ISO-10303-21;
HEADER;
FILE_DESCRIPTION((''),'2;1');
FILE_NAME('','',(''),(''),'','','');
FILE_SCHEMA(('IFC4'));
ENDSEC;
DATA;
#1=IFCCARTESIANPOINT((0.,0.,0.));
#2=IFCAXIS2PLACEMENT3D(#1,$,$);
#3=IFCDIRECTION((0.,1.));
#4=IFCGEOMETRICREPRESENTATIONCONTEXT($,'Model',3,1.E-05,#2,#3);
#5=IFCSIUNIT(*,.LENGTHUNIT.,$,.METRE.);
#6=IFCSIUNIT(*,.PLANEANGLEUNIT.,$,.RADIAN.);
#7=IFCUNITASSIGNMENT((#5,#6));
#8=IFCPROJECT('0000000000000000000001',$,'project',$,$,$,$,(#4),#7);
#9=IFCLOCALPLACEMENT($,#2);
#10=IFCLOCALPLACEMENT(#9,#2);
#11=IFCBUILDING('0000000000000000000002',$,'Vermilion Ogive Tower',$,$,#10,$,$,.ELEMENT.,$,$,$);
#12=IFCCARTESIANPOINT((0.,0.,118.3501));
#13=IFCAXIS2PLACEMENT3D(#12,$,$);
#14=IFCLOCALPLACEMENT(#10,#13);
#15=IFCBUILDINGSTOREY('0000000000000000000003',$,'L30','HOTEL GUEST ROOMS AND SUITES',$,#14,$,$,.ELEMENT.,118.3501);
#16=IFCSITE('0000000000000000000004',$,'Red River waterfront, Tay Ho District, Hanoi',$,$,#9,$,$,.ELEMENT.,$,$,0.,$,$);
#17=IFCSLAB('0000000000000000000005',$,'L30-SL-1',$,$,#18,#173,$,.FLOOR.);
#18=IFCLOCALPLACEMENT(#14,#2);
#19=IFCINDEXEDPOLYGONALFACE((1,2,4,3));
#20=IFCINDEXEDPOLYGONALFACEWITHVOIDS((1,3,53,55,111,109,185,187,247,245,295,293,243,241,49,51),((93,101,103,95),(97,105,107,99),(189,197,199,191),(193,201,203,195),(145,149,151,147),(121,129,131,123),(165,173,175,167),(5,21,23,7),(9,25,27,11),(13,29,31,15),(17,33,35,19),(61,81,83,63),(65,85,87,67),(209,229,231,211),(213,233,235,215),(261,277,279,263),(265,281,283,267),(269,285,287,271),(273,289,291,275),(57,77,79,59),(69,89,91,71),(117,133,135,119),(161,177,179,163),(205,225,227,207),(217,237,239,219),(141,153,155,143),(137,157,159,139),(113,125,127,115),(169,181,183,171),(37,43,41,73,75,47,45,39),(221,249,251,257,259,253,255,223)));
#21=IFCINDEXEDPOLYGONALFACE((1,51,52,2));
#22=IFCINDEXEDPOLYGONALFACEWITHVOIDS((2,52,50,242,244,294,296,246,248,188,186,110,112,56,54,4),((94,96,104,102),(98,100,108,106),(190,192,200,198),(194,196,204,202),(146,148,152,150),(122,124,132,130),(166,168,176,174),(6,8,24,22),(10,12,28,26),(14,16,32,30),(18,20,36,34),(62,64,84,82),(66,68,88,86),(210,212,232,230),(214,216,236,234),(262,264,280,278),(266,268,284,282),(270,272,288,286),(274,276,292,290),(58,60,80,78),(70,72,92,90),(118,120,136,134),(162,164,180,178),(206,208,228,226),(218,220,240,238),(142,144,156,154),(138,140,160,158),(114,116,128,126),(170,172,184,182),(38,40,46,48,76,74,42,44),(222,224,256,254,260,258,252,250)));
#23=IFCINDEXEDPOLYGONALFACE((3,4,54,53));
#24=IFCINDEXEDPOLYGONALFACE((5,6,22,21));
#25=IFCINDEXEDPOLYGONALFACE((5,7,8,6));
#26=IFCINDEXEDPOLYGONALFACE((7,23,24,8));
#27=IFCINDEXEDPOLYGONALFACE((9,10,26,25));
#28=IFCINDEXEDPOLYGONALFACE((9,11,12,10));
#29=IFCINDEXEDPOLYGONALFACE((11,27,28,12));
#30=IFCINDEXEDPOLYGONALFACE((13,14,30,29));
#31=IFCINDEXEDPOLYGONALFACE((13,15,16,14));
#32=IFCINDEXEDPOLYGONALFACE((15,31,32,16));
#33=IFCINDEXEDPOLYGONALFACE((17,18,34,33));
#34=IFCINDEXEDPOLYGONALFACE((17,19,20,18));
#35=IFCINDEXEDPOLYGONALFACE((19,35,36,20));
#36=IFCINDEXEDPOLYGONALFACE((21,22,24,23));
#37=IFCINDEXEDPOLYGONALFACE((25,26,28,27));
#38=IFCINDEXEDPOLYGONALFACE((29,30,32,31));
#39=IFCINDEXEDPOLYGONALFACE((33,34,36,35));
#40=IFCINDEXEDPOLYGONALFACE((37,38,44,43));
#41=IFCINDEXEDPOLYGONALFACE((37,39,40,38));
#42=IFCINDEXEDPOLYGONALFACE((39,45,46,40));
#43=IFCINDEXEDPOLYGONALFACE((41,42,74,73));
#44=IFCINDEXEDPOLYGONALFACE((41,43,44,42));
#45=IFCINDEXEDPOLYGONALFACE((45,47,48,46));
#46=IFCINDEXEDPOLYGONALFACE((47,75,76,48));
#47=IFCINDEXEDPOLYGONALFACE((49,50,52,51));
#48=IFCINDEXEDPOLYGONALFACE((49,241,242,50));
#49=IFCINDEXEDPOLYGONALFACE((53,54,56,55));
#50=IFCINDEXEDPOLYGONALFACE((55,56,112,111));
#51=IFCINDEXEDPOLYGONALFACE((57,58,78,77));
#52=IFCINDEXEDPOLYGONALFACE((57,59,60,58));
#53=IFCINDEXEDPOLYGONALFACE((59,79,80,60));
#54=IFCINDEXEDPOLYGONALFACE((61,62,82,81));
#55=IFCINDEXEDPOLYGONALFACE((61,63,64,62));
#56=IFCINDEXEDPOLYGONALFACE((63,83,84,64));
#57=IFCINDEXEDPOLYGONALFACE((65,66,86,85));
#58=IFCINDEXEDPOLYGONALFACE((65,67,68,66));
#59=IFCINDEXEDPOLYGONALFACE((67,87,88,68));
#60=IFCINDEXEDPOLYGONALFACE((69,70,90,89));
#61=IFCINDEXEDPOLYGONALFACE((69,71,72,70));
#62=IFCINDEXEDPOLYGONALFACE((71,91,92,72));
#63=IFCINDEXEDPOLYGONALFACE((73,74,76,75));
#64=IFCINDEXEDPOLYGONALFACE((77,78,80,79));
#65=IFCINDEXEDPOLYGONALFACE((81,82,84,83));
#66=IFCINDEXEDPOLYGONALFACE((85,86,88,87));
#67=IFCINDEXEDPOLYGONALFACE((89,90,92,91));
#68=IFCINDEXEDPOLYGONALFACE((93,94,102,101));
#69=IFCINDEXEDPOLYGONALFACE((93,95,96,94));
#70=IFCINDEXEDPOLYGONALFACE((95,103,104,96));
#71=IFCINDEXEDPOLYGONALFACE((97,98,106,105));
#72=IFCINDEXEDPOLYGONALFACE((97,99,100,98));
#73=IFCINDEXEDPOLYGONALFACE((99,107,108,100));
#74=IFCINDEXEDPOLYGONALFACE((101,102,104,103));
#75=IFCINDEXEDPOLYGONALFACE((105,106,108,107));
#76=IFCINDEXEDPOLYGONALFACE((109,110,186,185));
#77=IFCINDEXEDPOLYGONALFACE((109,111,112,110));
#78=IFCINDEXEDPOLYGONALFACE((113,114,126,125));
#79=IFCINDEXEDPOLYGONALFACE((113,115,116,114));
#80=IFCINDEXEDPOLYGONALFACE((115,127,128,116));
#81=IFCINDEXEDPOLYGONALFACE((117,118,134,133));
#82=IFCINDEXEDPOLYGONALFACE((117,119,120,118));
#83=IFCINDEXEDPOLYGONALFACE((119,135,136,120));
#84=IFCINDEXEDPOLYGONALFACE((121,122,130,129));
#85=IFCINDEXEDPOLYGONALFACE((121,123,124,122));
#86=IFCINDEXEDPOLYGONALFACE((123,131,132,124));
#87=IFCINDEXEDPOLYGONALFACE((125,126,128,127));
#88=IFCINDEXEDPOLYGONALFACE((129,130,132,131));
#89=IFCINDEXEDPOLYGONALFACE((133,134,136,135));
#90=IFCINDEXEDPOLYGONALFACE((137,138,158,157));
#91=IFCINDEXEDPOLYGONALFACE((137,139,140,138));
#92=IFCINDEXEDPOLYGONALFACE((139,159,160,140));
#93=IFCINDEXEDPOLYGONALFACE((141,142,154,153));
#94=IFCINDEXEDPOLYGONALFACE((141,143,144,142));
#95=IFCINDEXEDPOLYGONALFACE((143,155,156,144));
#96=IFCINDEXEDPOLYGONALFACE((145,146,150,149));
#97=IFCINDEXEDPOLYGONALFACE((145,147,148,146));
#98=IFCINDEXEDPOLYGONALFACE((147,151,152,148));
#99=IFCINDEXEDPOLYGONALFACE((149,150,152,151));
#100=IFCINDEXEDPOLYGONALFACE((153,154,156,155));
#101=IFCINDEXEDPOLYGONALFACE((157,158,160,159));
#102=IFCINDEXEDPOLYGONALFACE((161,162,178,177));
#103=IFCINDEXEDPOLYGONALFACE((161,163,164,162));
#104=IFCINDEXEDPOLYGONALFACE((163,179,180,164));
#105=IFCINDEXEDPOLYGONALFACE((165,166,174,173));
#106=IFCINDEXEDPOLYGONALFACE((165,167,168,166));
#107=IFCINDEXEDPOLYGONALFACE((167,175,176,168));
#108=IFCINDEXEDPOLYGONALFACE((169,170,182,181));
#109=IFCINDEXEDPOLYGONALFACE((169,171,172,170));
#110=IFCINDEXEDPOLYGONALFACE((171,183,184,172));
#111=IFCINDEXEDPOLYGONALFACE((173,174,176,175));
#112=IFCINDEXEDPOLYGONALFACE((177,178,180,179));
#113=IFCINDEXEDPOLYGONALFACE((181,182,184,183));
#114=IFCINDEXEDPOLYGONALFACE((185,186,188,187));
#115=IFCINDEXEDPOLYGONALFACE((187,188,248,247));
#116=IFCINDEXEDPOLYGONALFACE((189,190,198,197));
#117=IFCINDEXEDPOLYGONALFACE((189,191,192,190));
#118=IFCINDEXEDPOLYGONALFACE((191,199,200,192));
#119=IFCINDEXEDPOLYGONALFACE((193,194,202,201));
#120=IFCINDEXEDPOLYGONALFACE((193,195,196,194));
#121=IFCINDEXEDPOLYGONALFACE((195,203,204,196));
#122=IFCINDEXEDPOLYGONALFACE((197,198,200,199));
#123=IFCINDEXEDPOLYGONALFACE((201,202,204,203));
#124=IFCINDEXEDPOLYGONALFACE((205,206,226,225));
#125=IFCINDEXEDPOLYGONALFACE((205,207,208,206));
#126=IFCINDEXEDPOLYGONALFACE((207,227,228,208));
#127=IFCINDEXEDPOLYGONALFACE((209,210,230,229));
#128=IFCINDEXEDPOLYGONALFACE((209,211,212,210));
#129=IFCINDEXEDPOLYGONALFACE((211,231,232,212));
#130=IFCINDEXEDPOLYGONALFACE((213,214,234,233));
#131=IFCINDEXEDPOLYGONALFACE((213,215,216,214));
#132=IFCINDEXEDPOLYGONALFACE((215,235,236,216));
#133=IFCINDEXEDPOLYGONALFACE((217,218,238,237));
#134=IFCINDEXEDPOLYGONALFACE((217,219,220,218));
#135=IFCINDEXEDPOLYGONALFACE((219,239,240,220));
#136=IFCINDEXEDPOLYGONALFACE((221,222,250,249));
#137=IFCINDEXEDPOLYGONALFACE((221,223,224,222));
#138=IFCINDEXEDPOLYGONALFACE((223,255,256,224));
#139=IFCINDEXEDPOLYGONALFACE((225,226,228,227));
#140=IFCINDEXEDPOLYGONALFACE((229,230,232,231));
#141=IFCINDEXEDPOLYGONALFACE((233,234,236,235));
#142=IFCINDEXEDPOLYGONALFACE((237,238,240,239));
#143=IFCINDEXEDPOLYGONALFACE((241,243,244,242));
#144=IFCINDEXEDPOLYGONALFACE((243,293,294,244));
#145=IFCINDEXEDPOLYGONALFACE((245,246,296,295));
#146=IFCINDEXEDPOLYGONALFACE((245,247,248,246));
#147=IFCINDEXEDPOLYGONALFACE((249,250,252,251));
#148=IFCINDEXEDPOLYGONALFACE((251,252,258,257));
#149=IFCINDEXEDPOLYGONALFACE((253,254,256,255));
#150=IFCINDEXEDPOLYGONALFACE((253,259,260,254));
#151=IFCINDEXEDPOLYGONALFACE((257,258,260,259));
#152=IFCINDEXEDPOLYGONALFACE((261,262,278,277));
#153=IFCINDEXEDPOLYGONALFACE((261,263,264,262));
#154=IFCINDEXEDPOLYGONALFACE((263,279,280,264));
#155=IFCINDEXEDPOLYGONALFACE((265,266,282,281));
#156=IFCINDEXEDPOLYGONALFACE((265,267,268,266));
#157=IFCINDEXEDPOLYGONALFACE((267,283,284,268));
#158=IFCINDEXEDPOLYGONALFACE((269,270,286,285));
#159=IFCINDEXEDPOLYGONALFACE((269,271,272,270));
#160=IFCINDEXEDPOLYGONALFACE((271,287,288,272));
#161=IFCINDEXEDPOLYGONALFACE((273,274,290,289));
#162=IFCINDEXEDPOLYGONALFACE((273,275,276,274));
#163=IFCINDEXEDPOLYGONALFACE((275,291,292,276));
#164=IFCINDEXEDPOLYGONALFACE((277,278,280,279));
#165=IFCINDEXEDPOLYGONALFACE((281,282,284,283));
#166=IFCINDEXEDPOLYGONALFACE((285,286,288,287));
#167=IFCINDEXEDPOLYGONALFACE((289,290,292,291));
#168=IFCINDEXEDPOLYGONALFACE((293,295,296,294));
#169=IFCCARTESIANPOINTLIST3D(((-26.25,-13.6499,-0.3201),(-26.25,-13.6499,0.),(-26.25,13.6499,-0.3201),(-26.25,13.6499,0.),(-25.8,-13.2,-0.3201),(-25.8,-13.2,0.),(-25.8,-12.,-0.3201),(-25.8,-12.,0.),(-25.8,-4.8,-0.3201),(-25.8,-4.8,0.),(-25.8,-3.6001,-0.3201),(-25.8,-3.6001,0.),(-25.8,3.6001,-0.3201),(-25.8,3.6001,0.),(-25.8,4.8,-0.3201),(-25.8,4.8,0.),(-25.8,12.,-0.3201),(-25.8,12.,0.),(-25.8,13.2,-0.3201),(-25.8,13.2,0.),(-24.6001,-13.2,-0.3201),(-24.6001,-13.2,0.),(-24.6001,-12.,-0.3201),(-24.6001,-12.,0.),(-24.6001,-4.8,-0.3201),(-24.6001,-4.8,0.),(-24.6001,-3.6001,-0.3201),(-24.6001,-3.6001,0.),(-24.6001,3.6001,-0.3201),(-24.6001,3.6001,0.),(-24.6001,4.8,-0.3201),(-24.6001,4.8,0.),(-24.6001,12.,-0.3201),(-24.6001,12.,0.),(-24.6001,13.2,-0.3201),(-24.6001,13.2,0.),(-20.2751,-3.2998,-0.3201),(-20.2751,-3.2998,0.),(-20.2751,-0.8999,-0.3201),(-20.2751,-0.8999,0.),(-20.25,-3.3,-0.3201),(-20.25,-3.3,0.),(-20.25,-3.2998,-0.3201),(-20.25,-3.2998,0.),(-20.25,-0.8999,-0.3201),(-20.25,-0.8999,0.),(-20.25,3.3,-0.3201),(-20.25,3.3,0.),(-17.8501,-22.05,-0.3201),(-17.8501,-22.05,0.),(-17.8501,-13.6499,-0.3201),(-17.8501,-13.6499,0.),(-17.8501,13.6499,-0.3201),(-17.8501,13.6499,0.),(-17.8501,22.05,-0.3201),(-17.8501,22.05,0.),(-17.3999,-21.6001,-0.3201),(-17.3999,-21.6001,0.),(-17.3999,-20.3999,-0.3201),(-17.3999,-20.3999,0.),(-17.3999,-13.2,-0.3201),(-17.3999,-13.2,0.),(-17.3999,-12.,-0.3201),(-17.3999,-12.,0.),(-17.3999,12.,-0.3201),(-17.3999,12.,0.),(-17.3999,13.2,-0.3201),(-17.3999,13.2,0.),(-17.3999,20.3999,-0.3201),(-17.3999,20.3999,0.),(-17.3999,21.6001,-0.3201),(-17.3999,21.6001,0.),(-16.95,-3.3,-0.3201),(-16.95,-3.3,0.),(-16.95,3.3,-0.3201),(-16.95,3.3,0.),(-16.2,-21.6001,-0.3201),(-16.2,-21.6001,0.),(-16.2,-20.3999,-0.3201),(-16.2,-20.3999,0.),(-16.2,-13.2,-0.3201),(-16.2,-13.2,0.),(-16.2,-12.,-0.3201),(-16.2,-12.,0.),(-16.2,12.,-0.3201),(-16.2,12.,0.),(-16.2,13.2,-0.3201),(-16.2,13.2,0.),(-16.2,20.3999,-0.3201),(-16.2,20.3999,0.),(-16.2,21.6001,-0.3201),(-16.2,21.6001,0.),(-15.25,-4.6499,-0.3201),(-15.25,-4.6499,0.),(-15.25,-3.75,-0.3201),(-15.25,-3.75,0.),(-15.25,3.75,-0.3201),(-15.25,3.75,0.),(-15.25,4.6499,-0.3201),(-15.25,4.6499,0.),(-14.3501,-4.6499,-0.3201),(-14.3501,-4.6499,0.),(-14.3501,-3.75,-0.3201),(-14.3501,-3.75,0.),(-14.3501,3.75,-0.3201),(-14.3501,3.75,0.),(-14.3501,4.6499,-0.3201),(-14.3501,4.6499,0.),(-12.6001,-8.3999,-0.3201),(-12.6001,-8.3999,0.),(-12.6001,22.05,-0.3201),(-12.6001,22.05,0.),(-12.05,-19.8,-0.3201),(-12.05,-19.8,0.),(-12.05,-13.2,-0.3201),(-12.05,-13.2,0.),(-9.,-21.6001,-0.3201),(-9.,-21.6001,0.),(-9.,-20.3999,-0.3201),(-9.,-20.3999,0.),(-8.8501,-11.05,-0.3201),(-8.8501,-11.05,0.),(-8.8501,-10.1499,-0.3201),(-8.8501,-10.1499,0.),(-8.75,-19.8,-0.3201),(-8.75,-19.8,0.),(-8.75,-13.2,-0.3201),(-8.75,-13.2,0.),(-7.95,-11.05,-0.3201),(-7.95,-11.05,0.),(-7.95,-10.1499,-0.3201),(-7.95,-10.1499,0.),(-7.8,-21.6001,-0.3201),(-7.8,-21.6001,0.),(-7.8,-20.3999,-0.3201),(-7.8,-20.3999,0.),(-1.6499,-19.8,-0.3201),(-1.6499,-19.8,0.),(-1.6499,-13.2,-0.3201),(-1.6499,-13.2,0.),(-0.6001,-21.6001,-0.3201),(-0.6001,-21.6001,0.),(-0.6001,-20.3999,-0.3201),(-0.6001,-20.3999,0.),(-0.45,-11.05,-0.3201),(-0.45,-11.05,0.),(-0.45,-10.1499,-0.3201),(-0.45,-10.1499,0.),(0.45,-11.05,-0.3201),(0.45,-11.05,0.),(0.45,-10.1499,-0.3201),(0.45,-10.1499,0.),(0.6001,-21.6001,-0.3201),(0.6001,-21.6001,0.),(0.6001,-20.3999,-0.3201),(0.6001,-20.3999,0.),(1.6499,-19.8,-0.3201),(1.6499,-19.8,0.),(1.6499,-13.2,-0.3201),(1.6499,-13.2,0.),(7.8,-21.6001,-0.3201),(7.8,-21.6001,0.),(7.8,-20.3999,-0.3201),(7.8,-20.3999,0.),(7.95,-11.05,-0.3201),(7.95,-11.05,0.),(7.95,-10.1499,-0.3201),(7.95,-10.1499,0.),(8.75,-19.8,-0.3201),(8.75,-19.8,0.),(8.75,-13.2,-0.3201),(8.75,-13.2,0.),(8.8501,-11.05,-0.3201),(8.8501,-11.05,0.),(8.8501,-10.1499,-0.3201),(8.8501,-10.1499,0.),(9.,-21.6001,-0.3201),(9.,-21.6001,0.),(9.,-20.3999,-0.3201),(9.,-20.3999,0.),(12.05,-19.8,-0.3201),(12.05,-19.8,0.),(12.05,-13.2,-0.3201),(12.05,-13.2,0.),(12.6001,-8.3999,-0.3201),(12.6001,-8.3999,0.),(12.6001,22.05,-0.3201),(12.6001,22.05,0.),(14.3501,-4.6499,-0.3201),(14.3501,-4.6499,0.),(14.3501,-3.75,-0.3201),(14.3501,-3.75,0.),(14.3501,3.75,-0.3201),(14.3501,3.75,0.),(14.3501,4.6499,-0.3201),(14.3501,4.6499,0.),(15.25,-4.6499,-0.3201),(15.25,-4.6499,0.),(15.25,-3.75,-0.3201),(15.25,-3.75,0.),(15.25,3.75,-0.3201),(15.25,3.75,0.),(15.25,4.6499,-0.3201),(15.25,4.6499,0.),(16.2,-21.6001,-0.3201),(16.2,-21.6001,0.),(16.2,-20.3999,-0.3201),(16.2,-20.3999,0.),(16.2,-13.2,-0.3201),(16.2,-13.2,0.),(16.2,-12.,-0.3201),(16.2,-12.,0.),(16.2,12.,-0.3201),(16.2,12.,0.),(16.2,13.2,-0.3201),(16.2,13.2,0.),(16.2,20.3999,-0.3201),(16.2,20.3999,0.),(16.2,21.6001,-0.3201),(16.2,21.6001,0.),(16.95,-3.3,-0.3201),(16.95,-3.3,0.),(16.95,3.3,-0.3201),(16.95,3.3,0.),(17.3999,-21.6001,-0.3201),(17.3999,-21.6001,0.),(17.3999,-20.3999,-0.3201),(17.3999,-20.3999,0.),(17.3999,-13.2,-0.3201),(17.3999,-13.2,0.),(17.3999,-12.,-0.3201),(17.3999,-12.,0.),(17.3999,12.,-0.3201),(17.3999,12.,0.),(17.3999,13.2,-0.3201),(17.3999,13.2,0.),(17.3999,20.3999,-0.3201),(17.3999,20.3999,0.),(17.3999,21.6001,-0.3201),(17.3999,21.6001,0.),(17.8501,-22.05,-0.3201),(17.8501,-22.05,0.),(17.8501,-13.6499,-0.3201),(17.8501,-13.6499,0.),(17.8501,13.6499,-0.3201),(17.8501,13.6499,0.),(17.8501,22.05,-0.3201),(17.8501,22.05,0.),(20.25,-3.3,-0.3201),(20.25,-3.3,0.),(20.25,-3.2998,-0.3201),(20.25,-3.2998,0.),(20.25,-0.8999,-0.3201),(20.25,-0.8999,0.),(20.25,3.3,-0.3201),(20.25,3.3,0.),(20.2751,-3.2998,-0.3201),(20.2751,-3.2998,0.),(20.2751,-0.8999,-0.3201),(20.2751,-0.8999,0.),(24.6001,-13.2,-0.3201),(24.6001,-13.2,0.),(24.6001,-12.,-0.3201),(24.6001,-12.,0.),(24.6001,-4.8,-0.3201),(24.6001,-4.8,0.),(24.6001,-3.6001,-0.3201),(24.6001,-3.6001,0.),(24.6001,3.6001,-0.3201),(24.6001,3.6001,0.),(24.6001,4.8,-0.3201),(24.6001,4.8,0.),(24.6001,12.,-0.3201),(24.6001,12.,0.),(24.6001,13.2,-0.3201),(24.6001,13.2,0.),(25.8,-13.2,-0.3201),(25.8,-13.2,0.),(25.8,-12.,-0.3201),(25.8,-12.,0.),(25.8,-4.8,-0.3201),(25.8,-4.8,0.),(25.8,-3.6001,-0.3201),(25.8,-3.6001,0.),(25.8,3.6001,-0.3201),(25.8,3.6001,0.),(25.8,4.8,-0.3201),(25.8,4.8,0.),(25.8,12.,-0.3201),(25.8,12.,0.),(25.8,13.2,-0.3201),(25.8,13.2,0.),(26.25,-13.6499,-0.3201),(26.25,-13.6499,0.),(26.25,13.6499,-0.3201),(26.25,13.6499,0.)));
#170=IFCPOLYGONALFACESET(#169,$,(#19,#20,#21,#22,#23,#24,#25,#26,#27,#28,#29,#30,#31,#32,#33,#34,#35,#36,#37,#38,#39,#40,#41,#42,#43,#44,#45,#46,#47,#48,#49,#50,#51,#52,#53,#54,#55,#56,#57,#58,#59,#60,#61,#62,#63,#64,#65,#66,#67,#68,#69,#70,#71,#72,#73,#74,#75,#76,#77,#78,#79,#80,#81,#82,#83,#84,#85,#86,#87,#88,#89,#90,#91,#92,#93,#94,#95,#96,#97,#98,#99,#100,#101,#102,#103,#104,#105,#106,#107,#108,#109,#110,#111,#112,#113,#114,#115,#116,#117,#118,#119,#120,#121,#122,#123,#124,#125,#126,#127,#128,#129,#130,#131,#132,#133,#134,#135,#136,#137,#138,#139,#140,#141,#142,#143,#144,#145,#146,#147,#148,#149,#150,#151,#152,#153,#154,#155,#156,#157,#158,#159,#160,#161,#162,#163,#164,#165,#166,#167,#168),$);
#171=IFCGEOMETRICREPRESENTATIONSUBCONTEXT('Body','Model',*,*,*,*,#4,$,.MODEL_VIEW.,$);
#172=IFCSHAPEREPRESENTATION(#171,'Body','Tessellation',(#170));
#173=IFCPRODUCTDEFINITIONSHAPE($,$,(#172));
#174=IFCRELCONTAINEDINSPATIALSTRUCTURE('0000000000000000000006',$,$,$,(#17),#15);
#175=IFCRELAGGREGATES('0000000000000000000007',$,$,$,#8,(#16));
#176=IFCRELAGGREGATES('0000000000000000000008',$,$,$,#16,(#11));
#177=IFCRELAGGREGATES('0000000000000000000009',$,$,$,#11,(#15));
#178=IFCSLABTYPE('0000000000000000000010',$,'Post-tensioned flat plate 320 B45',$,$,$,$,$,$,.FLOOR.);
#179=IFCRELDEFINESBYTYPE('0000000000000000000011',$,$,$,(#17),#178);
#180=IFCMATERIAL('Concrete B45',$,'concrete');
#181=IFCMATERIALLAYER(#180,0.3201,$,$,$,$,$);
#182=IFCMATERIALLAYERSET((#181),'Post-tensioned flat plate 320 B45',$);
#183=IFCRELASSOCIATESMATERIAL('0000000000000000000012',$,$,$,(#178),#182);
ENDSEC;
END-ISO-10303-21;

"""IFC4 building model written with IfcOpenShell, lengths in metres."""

from ifc_helpers import new_model, si_unit, direction, frame, origin, place, context, subcontext, project, spatial, polyline, outline, extrude, material, layer, layer_set, type_object, element, save


model = new_model("IFC4")

# Units and contexts
model_context = context("Model", 3, precision=1e-05, world=origin(), true_north=direction((0.0, 1.0)))
body_context = subcontext(model_context, "Body", "Model", "MODEL_VIEW")
ifc_project = project(units=[si_unit("LENGTHUNIT", "METRE"), si_unit("PLANEANGLEUNIT", "RADIAN")], contexts=[model_context])

# Site, building, storey
site_placement = place(None, origin())
site = spatial("IfcSite", under=ifc_project, at=site_placement, Name="Red River waterfront, Tay Ho District, Hanoi", CompositionType="ELEMENT", RefElevation=0.0)
building_placement = place(site_placement, origin())
building = spatial("IfcBuilding", under=site, at=building_placement, Name="Vermilion Ogive Tower", CompositionType="ELEMENT")
storey_placement = place(building_placement, frame((0.0, 0.0, 118.3501)))
storey = spatial("IfcBuildingStorey", under=building, at=storey_placement, Name="L30", Description="HOTEL GUEST ROOMS AND SUITES", CompositionType="ELEMENT", Elevation=118.3501)

# Slab
ifc_material_1 = material(Name="Concrete B45", Category="concrete")
ifc_layer_1 = layer(ifc_material_1, 0.3201)
ifc_layer_set_1 = layer_set([ifc_layer_1], Name="Post-tensioned flat plate 320 B45")
slab_type = type_object("IfcSlabType", Name="Post-tensioned flat plate 320 B45", PredefinedType="FLOOR", material=ifc_layer_set_1)
slab_placement = place(storey_placement, frame((0.0, 0.0, -0.3201)))
element("IfcSlab", 1, at=slab_placement, inside=storey, type_object=slab_type, Name="L30-SL-1", PredefinedType="FLOOR", context=body_context, shape_type="SweptSolid", body=[
    extrude(outline(polyline([(-26.25, 13.6499), (-26.25, -13.6499), (-17.8501, -13.6499), (-17.8501, -22.05), (17.8501, -22.05), (17.8501, -13.6499), (26.25, -13.6499), (26.25, 13.6499), (17.8501, 13.6499), (17.8501, 22.05), (12.6001, 22.05), (12.6001, -8.3999), (-12.6001, -8.3999), (-12.6001, 22.05), (-17.8501, 22.05), (-17.8501, 13.6499), (-26.25, 13.6499)]), holes=[polyline([(24.6001, -3.6001), (25.8, -3.6001), (25.8, -4.8), (24.6001, -4.8), (24.6001, -3.6001)]), polyline([(24.6001, -12.0), (25.8, -12.0), (25.8, -13.2), (24.6001, -13.2), (24.6001, -12.0)]), polyline([(25.8, 13.2), (25.8, 12.0), (24.6001, 12.0), (24.6001, 13.2), (25.8, 13.2)]), polyline([(25.8, 4.8), (25.8, 3.6001), (24.6001, 3.6001), (24.6001, 4.8), (25.8, 4.8)]), polyline([(20.2751, -3.2998), (20.25, -3.2998), (20.25, -3.3), (16.95, -3.3), (16.95, 3.3), (20.25, 3.3), (20.25, -0.8999), (20.2751, -0.8999), (20.2751, -3.2998)]), polyline([(16.2, -12.0), (17.3999, -12.0), (17.3999, -13.2), (16.2, -13.2), (16.2, -12.0)]), polyline([(17.3999, 21.6001), (17.3999, 20.3999), (16.2, 20.3999), (16.2, 21.6001), (17.3999, 21.6001)]), polyline([(16.2, -20.3999), (17.3999, -20.3999), (17.3999, -21.6001), (16.2, -21.6001), (16.2, -20.3999)]), polyline([(16.2, 13.2), (17.3999, 13.2), (17.3999, 12.0), (16.2, 12.0), (16.2, 13.2)]), polyline([(14.3501, 4.6499), (15.25, 4.6499), (15.25, 3.75), (14.3501, 3.75), (14.3501, 4.6499)]), polyline([(15.25, -3.75), (15.25, -4.6499), (14.3501, -4.6499), (14.3501, -3.75), (15.25, -3.75)]), polyline([(8.75, -13.2), (12.05, -13.2), (12.05, -19.8), (8.75, -19.8), (8.75, -13.2)]), polyline([(7.8, -20.3999), (9.0, -20.3999), (9.0, -21.6001), (7.8, -21.6001), (7.8, -20.3999)]), polyline([(8.8501, -10.1499), (8.8501, -11.05), (7.95, -11.05), (7.95, -10.1499), (8.8501, -10.1499)]), polyline([(-1.6499, -13.2), (1.6499, -13.2), (1.6499, -19.8), (-1.6499, -19.8), (-1.6499, -13.2)]), polyline([(-0.6001, -20.3999), (0.6001, -20.3999), (0.6001, -21.6001), (-0.6001, -21.6001), (-0.6001, -20.3999)]), polyline([(-0.45, -10.1499), (0.45, -10.1499), (0.45, -11.05), (-0.45, -11.05), (-0.45, -10.1499)]), polyline([(-9.0, -20.3999), (-7.8, -20.3999), (-7.8, -21.6001), (-9.0, -21.6001), (-9.0, -20.3999)]), polyline([(-8.8501, -10.1499), (-7.95, -10.1499), (-7.95, -11.05), (-8.8501, -11.05), (-8.8501, -10.1499)]), polyline([(-12.05, -13.2), (-8.75, -13.2), (-8.75, -19.8), (-12.05, -19.8), (-12.05, -13.2)]), polyline([(-15.25, 4.6499), (-14.3501, 4.6499), (-14.3501, 3.75), (-15.25, 3.75), (-15.25, 4.6499)]), polyline([(-14.3501, -3.75), (-14.3501, -4.6499), (-15.25, -4.6499), (-15.25, -3.75), (-14.3501, -3.75)]), polyline([(-17.3999, 13.2), (-16.2, 13.2), (-16.2, 12.0), (-17.3999, 12.0), (-17.3999, 13.2)]), polyline([(-17.3999, -12.0), (-16.2, -12.0), (-16.2, -13.2), (-17.3999, -13.2), (-17.3999, -12.0)]), polyline([(-17.3999, -20.3999), (-16.2, -20.3999), (-16.2, -21.6001), (-17.3999, -21.6001), (-17.3999, -20.3999)]), polyline([(-16.2, 21.6001), (-16.2, 20.3999), (-17.3999, 20.3999), (-17.3999, 21.6001), (-16.2, 21.6001)]), polyline([(-20.25, -3.3), (-20.25, -3.2998), (-20.2751, -3.2998), (-20.2751, -0.8999), (-20.25, -0.8999), (-20.25, 3.3), (-16.95, 3.3), (-16.95, -3.3), (-20.25, -3.3)]), polyline([(-24.6001, 4.8), (-24.6001, 3.6001), (-25.8, 3.6001), (-25.8, 4.8), (-24.6001, 4.8)]), polyline([(-25.8, 13.2), (-24.6001, 13.2), (-24.6001, 12.0), (-25.8, 12.0), (-25.8, 13.2)]), polyline([(-25.8, -3.6001), (-24.6001, -3.6001), (-24.6001, -4.8), (-25.8, -4.8), (-25.8, -3.6001)]), polyline([(-25.8, -12.0), (-24.6001, -12.0), (-24.6001, -13.2), (-25.8, -13.2), (-25.8, -12.0)])]), origin(), (0.0, 0.0, 1.0), 0.3201),
])

save(model, "model.ifc")
